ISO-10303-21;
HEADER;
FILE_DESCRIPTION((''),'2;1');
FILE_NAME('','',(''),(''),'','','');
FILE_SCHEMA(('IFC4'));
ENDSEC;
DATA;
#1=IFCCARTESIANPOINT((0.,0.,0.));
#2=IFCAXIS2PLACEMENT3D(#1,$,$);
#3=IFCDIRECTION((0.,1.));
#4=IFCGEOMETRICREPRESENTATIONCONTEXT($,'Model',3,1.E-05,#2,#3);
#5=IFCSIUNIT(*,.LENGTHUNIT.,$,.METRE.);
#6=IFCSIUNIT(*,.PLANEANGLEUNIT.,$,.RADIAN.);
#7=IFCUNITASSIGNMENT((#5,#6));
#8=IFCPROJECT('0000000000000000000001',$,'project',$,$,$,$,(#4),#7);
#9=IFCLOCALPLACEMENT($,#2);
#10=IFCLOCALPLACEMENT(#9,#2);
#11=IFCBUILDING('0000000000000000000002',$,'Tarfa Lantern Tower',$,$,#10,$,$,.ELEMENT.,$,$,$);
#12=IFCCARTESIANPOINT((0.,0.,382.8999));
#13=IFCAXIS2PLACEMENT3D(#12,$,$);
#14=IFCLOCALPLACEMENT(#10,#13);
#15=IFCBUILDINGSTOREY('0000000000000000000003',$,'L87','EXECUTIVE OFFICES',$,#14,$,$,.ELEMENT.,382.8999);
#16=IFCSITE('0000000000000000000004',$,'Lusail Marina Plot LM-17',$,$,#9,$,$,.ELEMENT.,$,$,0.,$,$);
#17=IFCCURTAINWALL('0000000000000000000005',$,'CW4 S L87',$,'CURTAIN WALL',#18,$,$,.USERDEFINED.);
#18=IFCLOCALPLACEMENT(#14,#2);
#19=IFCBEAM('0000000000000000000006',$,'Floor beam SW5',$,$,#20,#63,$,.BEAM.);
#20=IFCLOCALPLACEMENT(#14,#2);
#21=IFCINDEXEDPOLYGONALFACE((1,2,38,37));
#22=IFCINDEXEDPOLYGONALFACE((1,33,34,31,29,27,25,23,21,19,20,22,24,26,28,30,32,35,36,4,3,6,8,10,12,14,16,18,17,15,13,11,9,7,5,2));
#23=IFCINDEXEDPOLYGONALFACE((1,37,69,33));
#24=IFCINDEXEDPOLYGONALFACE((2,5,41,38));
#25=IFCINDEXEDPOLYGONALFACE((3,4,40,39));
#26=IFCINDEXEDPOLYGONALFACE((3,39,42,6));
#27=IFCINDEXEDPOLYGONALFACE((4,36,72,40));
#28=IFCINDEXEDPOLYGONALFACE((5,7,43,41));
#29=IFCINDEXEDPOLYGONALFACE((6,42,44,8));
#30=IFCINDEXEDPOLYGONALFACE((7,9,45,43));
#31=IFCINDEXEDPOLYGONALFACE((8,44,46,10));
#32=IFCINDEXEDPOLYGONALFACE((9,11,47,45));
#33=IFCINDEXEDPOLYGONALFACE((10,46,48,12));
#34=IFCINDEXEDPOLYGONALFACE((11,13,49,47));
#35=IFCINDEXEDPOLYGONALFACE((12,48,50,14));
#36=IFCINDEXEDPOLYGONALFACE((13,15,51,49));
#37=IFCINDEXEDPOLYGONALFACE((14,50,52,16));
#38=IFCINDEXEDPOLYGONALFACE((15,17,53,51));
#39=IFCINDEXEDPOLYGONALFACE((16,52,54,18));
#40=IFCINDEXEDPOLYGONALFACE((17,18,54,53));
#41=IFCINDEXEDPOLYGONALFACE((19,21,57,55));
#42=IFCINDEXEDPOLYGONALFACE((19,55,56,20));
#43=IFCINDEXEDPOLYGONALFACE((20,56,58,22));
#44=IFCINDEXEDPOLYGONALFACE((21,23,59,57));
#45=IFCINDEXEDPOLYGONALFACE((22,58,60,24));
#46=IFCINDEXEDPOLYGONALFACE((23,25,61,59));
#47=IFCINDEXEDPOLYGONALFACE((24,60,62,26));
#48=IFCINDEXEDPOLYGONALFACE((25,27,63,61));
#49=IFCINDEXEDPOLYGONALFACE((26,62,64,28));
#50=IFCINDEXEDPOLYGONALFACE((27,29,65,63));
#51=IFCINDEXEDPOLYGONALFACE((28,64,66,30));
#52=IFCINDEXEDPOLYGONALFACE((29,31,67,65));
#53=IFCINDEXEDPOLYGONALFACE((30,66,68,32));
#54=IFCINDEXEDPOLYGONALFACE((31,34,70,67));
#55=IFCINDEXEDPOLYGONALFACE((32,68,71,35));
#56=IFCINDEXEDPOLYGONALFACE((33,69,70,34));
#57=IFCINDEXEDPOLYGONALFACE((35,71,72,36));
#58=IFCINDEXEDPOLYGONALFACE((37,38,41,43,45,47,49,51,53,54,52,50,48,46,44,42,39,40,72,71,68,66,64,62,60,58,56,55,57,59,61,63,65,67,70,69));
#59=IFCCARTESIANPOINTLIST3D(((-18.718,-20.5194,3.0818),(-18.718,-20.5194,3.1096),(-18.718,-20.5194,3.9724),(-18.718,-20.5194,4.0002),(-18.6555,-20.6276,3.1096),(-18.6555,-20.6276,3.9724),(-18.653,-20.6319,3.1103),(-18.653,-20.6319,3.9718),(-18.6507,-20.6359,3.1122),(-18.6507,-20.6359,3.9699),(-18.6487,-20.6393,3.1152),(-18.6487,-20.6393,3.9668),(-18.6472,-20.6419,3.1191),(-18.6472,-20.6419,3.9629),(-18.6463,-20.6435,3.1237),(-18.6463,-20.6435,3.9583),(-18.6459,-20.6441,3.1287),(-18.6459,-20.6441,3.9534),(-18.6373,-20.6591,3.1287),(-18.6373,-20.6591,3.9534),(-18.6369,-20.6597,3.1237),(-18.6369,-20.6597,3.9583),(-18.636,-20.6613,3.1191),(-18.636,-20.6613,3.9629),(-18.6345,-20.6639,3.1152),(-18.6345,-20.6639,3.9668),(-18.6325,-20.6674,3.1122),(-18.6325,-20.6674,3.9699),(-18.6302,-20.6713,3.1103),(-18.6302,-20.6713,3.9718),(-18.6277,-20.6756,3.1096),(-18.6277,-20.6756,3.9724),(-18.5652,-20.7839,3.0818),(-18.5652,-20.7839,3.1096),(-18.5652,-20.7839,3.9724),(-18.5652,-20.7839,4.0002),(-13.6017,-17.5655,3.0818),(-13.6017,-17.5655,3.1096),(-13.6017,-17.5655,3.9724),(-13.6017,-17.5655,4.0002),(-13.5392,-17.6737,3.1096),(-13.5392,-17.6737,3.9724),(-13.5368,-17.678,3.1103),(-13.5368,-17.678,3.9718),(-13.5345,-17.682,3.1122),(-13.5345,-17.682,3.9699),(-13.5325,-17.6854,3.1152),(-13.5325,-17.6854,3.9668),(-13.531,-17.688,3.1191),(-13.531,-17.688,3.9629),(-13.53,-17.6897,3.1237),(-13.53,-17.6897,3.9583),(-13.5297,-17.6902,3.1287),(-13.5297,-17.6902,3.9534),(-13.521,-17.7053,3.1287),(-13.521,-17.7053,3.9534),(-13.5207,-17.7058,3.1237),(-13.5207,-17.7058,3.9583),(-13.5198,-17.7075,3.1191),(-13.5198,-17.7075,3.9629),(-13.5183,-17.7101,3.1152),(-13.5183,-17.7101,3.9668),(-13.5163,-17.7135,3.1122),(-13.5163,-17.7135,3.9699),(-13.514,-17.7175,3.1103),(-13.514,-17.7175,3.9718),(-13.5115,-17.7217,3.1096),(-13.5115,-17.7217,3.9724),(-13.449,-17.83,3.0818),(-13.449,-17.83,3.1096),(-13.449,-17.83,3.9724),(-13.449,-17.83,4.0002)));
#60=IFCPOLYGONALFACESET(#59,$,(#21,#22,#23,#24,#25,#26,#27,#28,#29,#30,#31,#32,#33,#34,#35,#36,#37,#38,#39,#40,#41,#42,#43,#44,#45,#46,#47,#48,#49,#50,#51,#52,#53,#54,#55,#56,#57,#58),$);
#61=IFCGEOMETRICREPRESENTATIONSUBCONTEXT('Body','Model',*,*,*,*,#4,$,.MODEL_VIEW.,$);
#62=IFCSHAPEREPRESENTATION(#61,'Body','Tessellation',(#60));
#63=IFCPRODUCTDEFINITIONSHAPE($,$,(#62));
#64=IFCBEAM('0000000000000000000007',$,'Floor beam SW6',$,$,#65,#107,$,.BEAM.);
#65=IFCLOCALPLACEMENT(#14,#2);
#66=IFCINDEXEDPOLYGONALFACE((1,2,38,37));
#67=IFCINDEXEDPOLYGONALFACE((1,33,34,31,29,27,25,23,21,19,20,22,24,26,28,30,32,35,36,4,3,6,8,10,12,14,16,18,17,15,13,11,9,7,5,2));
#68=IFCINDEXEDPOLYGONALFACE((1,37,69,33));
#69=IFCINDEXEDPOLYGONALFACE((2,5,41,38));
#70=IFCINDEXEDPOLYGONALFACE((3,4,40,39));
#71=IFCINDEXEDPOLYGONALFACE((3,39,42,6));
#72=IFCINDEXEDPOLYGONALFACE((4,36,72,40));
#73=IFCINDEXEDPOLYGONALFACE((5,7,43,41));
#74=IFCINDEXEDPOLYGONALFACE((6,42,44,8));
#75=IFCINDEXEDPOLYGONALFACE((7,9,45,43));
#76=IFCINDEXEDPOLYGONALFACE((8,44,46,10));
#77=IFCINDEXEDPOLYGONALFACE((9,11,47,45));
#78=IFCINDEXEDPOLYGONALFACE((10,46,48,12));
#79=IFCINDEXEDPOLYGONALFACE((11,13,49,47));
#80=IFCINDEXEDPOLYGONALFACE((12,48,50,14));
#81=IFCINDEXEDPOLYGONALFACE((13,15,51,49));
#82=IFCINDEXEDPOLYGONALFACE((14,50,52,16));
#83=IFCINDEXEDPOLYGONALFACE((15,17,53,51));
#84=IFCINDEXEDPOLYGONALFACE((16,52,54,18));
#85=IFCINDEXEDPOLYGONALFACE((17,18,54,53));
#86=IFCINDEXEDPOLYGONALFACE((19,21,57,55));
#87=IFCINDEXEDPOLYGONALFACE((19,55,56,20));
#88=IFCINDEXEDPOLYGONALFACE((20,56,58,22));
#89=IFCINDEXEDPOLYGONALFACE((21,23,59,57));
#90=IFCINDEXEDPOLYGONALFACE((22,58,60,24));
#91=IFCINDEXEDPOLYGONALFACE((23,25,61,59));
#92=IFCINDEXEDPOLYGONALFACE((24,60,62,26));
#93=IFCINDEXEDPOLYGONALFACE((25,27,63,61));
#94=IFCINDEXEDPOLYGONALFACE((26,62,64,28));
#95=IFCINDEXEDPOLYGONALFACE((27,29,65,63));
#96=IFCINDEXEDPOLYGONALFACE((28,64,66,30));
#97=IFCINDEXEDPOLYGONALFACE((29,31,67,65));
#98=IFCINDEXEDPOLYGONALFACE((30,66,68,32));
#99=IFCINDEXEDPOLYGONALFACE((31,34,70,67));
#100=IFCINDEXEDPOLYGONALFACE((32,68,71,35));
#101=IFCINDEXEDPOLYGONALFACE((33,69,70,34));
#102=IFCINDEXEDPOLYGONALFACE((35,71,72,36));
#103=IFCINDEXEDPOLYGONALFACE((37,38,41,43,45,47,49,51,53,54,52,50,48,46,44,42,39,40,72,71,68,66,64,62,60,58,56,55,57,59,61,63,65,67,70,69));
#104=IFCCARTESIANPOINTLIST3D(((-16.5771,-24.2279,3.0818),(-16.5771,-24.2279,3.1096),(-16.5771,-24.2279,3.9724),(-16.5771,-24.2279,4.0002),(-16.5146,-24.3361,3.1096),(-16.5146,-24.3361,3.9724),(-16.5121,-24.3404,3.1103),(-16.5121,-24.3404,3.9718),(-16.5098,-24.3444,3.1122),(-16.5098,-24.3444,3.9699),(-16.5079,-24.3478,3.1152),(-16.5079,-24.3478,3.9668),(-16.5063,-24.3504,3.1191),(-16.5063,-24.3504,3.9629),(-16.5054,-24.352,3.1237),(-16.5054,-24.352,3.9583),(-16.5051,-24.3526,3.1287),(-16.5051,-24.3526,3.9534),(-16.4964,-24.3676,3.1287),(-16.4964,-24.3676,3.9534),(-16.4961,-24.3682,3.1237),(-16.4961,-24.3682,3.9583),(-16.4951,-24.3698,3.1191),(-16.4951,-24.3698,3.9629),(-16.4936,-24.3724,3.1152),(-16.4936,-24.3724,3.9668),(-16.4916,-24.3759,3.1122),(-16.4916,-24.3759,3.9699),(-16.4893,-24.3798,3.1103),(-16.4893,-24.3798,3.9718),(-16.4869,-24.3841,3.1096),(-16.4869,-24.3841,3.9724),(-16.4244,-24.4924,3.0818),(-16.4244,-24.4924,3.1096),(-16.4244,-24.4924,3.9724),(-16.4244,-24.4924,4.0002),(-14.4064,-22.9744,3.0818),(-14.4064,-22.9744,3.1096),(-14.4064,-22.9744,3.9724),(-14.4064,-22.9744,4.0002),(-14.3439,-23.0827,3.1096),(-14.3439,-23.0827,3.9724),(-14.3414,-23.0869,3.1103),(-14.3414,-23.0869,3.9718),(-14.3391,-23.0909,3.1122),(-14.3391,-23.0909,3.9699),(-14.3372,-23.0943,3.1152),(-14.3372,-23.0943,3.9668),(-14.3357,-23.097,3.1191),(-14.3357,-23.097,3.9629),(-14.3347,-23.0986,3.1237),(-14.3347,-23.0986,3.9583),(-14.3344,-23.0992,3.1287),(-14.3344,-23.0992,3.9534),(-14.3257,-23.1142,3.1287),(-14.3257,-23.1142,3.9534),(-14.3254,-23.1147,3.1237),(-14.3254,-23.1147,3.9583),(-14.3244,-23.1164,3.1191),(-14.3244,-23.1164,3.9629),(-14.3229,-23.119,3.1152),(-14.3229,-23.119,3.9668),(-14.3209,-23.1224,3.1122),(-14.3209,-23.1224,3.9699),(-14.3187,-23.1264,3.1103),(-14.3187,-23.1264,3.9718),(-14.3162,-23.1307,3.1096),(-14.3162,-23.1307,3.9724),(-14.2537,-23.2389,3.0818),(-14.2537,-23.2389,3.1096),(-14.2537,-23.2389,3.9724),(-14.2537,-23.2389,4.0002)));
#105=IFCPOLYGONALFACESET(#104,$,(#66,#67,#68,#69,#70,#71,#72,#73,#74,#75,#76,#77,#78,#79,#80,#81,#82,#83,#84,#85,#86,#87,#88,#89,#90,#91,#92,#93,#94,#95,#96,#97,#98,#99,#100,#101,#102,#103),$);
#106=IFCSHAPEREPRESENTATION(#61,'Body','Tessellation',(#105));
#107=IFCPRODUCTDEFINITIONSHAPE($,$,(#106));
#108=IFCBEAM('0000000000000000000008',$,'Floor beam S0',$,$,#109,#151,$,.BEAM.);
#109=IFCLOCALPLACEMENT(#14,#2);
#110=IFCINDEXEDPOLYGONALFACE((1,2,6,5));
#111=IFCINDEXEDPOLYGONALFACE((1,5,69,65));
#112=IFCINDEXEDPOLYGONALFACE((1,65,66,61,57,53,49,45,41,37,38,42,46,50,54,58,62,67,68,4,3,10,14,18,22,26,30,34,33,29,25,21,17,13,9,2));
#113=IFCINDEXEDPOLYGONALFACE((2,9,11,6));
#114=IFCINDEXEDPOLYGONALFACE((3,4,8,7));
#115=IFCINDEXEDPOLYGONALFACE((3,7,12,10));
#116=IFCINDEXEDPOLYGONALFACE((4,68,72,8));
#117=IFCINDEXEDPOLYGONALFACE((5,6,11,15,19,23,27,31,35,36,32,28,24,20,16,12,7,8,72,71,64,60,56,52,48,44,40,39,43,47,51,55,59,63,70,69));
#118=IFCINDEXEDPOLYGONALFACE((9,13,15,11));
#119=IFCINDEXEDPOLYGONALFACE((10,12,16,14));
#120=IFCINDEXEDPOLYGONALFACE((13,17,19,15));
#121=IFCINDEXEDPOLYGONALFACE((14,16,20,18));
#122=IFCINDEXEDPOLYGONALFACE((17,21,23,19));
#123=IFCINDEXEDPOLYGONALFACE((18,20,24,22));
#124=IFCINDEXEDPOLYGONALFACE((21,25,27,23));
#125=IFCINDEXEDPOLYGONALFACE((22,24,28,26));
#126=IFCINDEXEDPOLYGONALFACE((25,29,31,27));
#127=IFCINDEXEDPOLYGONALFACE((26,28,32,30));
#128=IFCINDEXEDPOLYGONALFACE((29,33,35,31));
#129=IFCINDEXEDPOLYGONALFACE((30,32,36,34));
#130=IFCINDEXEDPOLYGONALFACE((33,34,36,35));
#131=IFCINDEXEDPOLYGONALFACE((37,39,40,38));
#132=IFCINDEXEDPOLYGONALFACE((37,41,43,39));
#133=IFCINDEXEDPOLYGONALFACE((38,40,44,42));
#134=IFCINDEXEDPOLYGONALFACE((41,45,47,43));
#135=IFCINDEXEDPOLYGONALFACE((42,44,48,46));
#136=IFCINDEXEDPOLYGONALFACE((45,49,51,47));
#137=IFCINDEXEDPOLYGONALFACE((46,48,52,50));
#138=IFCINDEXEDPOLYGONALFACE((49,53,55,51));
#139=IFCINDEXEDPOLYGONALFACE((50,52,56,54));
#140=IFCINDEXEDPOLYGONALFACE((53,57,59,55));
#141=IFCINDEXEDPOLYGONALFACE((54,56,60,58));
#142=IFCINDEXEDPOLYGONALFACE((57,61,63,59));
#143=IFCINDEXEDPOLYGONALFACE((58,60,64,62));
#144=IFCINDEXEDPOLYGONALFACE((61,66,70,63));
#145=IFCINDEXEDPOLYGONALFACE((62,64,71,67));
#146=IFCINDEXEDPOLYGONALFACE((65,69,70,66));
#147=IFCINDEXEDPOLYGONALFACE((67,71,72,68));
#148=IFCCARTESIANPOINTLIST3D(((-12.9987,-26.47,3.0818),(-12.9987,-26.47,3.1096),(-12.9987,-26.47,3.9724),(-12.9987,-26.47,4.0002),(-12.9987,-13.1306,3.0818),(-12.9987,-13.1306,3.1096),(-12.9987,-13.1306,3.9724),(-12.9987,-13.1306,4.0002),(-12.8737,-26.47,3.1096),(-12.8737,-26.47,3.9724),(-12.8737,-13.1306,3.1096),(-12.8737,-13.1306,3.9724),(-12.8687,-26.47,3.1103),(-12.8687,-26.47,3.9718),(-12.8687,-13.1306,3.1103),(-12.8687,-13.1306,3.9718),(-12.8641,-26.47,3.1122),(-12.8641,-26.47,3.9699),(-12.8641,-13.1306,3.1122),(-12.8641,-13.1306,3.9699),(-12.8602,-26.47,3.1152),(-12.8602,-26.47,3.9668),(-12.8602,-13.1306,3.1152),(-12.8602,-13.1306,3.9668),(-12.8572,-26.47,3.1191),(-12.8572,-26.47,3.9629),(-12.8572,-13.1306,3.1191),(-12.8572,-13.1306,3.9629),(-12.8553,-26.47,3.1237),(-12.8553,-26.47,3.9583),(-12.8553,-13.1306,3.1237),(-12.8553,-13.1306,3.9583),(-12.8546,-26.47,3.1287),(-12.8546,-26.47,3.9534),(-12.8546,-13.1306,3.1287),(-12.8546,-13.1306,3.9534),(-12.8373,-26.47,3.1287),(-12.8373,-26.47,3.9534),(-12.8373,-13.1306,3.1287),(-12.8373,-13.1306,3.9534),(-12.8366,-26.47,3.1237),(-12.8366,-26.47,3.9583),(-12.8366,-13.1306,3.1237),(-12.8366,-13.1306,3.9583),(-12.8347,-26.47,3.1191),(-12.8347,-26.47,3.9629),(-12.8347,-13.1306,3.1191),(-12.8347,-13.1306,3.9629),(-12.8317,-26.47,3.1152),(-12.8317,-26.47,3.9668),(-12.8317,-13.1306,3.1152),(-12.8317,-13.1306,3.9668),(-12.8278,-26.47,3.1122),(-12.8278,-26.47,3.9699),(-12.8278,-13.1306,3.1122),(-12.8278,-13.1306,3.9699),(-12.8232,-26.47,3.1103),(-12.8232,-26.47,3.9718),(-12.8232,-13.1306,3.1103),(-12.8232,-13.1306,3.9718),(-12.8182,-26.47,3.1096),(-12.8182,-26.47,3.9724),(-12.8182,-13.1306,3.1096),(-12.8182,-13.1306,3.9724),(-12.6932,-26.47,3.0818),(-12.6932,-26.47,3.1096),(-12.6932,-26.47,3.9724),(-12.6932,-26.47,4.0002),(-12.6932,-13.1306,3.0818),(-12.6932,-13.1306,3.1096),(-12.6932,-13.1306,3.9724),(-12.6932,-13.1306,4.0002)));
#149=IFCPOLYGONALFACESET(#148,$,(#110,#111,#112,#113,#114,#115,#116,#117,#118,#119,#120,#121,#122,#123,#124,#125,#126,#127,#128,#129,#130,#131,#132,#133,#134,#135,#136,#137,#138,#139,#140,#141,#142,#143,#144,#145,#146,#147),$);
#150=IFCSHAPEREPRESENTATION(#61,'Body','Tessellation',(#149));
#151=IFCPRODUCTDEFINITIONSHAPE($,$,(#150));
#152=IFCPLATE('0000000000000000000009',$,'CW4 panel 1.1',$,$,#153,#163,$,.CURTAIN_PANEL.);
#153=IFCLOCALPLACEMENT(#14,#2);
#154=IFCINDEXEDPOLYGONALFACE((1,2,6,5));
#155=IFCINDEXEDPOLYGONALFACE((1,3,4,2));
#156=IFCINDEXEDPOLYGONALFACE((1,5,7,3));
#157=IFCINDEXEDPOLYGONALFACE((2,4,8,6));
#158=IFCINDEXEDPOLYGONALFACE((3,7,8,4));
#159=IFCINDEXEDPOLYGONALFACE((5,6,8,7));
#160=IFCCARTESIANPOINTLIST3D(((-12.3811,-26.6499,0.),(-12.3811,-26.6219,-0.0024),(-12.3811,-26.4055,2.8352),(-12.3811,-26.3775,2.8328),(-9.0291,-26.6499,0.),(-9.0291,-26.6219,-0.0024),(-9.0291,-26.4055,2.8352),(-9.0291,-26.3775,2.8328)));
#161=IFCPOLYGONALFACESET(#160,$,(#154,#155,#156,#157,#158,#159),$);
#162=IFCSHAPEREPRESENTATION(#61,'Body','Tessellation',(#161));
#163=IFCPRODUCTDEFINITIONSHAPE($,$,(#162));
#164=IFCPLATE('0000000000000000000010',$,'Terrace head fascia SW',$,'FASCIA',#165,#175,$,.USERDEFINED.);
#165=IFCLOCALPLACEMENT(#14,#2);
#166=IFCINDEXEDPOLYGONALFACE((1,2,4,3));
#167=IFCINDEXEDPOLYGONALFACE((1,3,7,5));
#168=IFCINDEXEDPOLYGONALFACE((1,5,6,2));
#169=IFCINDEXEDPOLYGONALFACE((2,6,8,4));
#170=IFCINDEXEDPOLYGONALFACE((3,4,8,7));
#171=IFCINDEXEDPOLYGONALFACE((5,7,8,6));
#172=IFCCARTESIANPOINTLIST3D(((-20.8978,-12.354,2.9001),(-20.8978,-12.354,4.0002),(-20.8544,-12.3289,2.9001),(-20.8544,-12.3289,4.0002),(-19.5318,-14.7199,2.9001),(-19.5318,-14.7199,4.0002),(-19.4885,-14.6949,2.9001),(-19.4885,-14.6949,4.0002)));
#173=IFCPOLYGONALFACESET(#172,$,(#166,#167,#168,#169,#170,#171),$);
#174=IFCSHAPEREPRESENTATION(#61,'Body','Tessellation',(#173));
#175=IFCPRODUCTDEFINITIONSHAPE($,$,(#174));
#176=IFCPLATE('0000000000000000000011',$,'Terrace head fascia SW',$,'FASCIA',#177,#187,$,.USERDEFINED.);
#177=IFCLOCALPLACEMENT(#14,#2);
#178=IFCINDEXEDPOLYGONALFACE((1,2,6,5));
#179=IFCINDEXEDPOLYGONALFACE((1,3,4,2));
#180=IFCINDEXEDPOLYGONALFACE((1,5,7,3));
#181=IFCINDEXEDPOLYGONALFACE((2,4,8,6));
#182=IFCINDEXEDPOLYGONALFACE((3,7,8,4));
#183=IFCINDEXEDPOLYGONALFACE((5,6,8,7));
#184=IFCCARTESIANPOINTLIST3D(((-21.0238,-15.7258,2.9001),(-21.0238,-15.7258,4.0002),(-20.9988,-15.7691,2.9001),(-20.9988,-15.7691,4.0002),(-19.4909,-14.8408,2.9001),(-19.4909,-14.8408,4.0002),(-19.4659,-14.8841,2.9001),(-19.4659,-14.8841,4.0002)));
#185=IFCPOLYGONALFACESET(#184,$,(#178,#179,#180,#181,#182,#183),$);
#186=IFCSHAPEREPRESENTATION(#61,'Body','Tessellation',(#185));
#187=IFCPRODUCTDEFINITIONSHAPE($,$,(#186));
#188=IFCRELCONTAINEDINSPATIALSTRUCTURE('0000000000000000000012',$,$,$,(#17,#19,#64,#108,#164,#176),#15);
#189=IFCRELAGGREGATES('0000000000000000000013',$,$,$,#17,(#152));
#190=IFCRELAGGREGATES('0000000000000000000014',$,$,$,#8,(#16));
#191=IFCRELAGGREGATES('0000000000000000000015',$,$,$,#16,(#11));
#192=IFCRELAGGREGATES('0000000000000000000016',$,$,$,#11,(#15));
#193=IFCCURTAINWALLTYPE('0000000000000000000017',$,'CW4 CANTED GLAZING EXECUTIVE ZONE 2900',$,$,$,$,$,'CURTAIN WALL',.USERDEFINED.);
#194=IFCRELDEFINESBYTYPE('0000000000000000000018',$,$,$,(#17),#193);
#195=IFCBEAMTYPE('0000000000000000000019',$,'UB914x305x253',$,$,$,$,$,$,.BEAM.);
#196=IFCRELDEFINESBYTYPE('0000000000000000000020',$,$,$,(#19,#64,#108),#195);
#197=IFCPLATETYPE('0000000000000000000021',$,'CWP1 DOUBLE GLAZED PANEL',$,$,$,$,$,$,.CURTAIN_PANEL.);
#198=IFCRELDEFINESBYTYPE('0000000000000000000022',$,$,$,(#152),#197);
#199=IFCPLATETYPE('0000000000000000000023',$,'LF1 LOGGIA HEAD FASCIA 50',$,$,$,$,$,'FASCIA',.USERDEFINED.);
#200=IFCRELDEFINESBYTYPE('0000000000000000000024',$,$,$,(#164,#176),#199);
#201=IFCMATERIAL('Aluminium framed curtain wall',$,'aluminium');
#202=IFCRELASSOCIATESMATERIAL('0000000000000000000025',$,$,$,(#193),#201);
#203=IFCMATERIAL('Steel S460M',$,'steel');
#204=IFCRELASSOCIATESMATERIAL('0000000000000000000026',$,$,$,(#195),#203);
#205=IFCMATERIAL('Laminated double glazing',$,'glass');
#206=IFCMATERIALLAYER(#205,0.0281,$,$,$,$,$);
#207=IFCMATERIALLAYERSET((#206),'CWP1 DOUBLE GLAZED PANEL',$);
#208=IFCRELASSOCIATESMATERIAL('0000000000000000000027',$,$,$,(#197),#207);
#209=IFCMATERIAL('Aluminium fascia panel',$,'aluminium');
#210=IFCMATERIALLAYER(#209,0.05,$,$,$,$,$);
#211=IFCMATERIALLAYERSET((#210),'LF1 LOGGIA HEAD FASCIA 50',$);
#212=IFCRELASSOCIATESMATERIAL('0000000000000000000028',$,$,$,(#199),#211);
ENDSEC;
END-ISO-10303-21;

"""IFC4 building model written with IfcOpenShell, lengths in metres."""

from ifc_helpers import new_model, si_unit, direction, frame, origin, origin_2d, place, context, subcontext, project, spatial, polyline, rectangle, i_section, outline, extrude, material, layer, layer_set, material_profile, profile_set, type_object, element, aggregate, save


model = new_model("IFC4")

# Units and contexts
model_context = context("Model", 3, precision=1e-05, world=origin(), true_north=direction((0.0, 1.0)))
body_context = subcontext(model_context, "Body", "Model", "MODEL_VIEW")
ifc_project = project(units=[si_unit("LENGTHUNIT", "METRE"), si_unit("PLANEANGLEUNIT", "RADIAN")], contexts=[model_context])

# Site, building, storey
site_placement = place(None, origin())
site = spatial("IfcSite", under=ifc_project, at=site_placement, Name="Lusail Marina Plot LM-17", CompositionType="ELEMENT", RefElevation=0.0)
building_placement = place(site_placement, origin())
building = spatial("IfcBuilding", under=site, at=building_placement, Name="Tarfa Lantern Tower", CompositionType="ELEMENT")
storey_placement = place(building_placement, frame((0.0, 0.0, 382.8999)))
storey = spatial("IfcBuildingStorey", under=building, at=storey_placement, Name="L87", Description="EXECUTIVE OFFICES", CompositionType="ELEMENT", Elevation=382.8999)

# Curtain wall
ifc_material_1 = material(Name="Aluminium framed curtain wall", Category="aluminium")
curtain_wall_type = type_object("IfcCurtainWallType", Name="CW4 CANTED GLAZING EXECUTIVE ZONE 2900", ElementType="CURTAIN WALL", PredefinedType="USERDEFINED", material=ifc_material_1)
curtain_wall_placement = place(storey_placement, origin())
curtain_wall = element("IfcCurtainWall", 1, at=curtain_wall_placement, inside=storey, type_object=curtain_wall_type, Name="CW4 S L87", ObjectType="CURTAIN WALL", PredefinedType="USERDEFINED")

# Beams
ifc_material_2 = material(Name="Steel S460M", Category="steel")
ifc_material_profile_1 = material_profile(ifc_material_2, i_section(OverallWidth=0.3054, OverallDepth=0.9185, WebThickness=0.0173, FlangeThickness=0.0278, FilletRadius=0.019, at=origin_2d()), Name="UB914x305x253")
ifc_profile_set_1 = profile_set([ifc_material_profile_1], Name="Steel S460M")
beam_type_1 = type_object("IfcBeamType", Name="UB914x305x253", PredefinedType="BEAM", material=ifc_profile_set_1)
beam_1_placement = place(storey_placement, frame((-18.6416, -20.6516, 3.541), z_axis=(0.866025, 0.500001, 0.0), x_axis=(-0.500001, 0.866025, 0.0)))
element("IfcBeam", 2, at=beam_1_placement, inside=storey, type_object=beam_type_1, Name="Floor beam SW5", PredefinedType="BEAM", context=body_context, shape_type="SweptSolid", body=[
    extrude(i_section(OverallWidth=0.3054, OverallDepth=0.9185, WebThickness=0.0173, FlangeThickness=0.0278, FilletRadius=0.019, at=origin_2d()), origin(), (0.0, 0.0, 1.0), 5.9077),
])
beam_2_placement = place(storey_placement, frame((-16.5007, -24.3601, 3.541), z_axis=(0.865993, 0.500057, 0.0), x_axis=(-0.500057, 0.865993, 0.0)))
element("IfcBeam", 3, at=beam_2_placement, inside=storey, type_object=beam_type_1, Name="Floor beam SW6", PredefinedType="BEAM", context=body_context, shape_type="SweptSolid", body=[
    extrude(i_section(OverallWidth=0.3054, OverallDepth=0.9185, WebThickness=0.0173, FlangeThickness=0.0278, FilletRadius=0.019, at=origin_2d()), origin(), (0.0, 0.0, 1.0), 2.5066),
])
beam_3_placement = place(storey_placement, frame((-12.8459, -26.47, 3.541), z_axis=(0.0, 1.0, 0.0), x_axis=(-1.0, 0.0, 0.0)))
element("IfcBeam", 4, at=beam_3_placement, inside=storey, type_object=beam_type_1, Name="Floor beam S0", PredefinedType="BEAM", context=body_context, shape_type="SweptSolid", body=[
    extrude(i_section(OverallWidth=0.3054, OverallDepth=0.9185, WebThickness=0.0173, FlangeThickness=0.0278, FilletRadius=0.019, at=origin_2d()), origin(), (0.0, 0.0, 1.0), 13.3394),
])

# Plate
ifc_material_3 = material(Name="Laminated double glazing", Category="glass")
ifc_layer_1 = layer(ifc_material_3, 0.0281)
ifc_layer_set_1 = layer_set([ifc_layer_1], Name="CWP1 DOUBLE GLAZED PANEL")
plate_type_1 = type_object("IfcPlateType", Name="CWP1 DOUBLE GLAZED PANEL", PredefinedType="CURTAIN_PANEL", material=ifc_layer_set_1)
plate_1_placement = place(storey_placement, frame((-12.3811, -26.6499, 0.0), z_axis=(0.0, -0.996306, 0.085878), x_axis=(1.0, 0.0, 0.0)))
plate_1 = element("IfcPlate", 5, at=plate_1_placement, type_object=plate_type_1, Name="CW4 panel 1.1", PredefinedType="CURTAIN_PANEL", context=body_context, shape_type="SweptSolid", body=[
    extrude(outline(polyline([(0.0, 0.0), (3.3521, 0.0), (3.3521, 2.8457), (0.0, 2.8457), (0.0, 0.0)])), origin(), (0.0, 0.0, -1.0), 0.0281),
])
aggregate(curtain_wall, [plate_1])

# Plates
ifc_material_4 = material(Name="Aluminium fascia panel", Category="aluminium")
ifc_layer_2 = layer(ifc_material_4, 0.05)
ifc_layer_set_2 = layer_set([ifc_layer_2], Name="LF1 LOGGIA HEAD FASCIA 50")
plate_type_2 = type_object("IfcPlateType", Name="LF1 LOGGIA HEAD FASCIA 50", ElementType="FASCIA", PredefinedType="USERDEFINED", material=ifc_layer_set_2)
plate_2_placement = place(storey_placement, frame((-20.1931, -13.5244, 2.9001), z_axis=(0.0, 0.0, 1.0), x_axis=(0.5, -0.866025, 0.0)))
element("IfcPlate", 6, at=plate_2_placement, inside=storey, type_object=plate_type_2, Name="Terrace head fascia SW", ObjectType="FASCIA", PredefinedType="USERDEFINED", context=body_context, shape_type="SweptSolid", body=[
    extrude(rectangle(XDim=2.7319, YDim=0.05, at=origin_2d()), origin(), (0.0, 0.0, 1.0), 1.1001),
])
plate_3_placement = place(storey_placement, frame((-20.2449, -15.3049, 2.9001), z_axis=(0.0, 0.0, 1.0), x_axis=(0.866025, 0.5, 0.0)))
element("IfcPlate", 7, at=plate_3_placement, inside=storey, type_object=plate_type_2, Name="Terrace head fascia SW", ObjectType="FASCIA", PredefinedType="USERDEFINED", context=body_context, shape_type="SweptSolid", body=[
    extrude(rectangle(XDim=1.77, YDim=0.05, at=origin_2d()), origin(), (0.0, 0.0, 1.0), 1.1001),
])

save(model, "model.ifc")
